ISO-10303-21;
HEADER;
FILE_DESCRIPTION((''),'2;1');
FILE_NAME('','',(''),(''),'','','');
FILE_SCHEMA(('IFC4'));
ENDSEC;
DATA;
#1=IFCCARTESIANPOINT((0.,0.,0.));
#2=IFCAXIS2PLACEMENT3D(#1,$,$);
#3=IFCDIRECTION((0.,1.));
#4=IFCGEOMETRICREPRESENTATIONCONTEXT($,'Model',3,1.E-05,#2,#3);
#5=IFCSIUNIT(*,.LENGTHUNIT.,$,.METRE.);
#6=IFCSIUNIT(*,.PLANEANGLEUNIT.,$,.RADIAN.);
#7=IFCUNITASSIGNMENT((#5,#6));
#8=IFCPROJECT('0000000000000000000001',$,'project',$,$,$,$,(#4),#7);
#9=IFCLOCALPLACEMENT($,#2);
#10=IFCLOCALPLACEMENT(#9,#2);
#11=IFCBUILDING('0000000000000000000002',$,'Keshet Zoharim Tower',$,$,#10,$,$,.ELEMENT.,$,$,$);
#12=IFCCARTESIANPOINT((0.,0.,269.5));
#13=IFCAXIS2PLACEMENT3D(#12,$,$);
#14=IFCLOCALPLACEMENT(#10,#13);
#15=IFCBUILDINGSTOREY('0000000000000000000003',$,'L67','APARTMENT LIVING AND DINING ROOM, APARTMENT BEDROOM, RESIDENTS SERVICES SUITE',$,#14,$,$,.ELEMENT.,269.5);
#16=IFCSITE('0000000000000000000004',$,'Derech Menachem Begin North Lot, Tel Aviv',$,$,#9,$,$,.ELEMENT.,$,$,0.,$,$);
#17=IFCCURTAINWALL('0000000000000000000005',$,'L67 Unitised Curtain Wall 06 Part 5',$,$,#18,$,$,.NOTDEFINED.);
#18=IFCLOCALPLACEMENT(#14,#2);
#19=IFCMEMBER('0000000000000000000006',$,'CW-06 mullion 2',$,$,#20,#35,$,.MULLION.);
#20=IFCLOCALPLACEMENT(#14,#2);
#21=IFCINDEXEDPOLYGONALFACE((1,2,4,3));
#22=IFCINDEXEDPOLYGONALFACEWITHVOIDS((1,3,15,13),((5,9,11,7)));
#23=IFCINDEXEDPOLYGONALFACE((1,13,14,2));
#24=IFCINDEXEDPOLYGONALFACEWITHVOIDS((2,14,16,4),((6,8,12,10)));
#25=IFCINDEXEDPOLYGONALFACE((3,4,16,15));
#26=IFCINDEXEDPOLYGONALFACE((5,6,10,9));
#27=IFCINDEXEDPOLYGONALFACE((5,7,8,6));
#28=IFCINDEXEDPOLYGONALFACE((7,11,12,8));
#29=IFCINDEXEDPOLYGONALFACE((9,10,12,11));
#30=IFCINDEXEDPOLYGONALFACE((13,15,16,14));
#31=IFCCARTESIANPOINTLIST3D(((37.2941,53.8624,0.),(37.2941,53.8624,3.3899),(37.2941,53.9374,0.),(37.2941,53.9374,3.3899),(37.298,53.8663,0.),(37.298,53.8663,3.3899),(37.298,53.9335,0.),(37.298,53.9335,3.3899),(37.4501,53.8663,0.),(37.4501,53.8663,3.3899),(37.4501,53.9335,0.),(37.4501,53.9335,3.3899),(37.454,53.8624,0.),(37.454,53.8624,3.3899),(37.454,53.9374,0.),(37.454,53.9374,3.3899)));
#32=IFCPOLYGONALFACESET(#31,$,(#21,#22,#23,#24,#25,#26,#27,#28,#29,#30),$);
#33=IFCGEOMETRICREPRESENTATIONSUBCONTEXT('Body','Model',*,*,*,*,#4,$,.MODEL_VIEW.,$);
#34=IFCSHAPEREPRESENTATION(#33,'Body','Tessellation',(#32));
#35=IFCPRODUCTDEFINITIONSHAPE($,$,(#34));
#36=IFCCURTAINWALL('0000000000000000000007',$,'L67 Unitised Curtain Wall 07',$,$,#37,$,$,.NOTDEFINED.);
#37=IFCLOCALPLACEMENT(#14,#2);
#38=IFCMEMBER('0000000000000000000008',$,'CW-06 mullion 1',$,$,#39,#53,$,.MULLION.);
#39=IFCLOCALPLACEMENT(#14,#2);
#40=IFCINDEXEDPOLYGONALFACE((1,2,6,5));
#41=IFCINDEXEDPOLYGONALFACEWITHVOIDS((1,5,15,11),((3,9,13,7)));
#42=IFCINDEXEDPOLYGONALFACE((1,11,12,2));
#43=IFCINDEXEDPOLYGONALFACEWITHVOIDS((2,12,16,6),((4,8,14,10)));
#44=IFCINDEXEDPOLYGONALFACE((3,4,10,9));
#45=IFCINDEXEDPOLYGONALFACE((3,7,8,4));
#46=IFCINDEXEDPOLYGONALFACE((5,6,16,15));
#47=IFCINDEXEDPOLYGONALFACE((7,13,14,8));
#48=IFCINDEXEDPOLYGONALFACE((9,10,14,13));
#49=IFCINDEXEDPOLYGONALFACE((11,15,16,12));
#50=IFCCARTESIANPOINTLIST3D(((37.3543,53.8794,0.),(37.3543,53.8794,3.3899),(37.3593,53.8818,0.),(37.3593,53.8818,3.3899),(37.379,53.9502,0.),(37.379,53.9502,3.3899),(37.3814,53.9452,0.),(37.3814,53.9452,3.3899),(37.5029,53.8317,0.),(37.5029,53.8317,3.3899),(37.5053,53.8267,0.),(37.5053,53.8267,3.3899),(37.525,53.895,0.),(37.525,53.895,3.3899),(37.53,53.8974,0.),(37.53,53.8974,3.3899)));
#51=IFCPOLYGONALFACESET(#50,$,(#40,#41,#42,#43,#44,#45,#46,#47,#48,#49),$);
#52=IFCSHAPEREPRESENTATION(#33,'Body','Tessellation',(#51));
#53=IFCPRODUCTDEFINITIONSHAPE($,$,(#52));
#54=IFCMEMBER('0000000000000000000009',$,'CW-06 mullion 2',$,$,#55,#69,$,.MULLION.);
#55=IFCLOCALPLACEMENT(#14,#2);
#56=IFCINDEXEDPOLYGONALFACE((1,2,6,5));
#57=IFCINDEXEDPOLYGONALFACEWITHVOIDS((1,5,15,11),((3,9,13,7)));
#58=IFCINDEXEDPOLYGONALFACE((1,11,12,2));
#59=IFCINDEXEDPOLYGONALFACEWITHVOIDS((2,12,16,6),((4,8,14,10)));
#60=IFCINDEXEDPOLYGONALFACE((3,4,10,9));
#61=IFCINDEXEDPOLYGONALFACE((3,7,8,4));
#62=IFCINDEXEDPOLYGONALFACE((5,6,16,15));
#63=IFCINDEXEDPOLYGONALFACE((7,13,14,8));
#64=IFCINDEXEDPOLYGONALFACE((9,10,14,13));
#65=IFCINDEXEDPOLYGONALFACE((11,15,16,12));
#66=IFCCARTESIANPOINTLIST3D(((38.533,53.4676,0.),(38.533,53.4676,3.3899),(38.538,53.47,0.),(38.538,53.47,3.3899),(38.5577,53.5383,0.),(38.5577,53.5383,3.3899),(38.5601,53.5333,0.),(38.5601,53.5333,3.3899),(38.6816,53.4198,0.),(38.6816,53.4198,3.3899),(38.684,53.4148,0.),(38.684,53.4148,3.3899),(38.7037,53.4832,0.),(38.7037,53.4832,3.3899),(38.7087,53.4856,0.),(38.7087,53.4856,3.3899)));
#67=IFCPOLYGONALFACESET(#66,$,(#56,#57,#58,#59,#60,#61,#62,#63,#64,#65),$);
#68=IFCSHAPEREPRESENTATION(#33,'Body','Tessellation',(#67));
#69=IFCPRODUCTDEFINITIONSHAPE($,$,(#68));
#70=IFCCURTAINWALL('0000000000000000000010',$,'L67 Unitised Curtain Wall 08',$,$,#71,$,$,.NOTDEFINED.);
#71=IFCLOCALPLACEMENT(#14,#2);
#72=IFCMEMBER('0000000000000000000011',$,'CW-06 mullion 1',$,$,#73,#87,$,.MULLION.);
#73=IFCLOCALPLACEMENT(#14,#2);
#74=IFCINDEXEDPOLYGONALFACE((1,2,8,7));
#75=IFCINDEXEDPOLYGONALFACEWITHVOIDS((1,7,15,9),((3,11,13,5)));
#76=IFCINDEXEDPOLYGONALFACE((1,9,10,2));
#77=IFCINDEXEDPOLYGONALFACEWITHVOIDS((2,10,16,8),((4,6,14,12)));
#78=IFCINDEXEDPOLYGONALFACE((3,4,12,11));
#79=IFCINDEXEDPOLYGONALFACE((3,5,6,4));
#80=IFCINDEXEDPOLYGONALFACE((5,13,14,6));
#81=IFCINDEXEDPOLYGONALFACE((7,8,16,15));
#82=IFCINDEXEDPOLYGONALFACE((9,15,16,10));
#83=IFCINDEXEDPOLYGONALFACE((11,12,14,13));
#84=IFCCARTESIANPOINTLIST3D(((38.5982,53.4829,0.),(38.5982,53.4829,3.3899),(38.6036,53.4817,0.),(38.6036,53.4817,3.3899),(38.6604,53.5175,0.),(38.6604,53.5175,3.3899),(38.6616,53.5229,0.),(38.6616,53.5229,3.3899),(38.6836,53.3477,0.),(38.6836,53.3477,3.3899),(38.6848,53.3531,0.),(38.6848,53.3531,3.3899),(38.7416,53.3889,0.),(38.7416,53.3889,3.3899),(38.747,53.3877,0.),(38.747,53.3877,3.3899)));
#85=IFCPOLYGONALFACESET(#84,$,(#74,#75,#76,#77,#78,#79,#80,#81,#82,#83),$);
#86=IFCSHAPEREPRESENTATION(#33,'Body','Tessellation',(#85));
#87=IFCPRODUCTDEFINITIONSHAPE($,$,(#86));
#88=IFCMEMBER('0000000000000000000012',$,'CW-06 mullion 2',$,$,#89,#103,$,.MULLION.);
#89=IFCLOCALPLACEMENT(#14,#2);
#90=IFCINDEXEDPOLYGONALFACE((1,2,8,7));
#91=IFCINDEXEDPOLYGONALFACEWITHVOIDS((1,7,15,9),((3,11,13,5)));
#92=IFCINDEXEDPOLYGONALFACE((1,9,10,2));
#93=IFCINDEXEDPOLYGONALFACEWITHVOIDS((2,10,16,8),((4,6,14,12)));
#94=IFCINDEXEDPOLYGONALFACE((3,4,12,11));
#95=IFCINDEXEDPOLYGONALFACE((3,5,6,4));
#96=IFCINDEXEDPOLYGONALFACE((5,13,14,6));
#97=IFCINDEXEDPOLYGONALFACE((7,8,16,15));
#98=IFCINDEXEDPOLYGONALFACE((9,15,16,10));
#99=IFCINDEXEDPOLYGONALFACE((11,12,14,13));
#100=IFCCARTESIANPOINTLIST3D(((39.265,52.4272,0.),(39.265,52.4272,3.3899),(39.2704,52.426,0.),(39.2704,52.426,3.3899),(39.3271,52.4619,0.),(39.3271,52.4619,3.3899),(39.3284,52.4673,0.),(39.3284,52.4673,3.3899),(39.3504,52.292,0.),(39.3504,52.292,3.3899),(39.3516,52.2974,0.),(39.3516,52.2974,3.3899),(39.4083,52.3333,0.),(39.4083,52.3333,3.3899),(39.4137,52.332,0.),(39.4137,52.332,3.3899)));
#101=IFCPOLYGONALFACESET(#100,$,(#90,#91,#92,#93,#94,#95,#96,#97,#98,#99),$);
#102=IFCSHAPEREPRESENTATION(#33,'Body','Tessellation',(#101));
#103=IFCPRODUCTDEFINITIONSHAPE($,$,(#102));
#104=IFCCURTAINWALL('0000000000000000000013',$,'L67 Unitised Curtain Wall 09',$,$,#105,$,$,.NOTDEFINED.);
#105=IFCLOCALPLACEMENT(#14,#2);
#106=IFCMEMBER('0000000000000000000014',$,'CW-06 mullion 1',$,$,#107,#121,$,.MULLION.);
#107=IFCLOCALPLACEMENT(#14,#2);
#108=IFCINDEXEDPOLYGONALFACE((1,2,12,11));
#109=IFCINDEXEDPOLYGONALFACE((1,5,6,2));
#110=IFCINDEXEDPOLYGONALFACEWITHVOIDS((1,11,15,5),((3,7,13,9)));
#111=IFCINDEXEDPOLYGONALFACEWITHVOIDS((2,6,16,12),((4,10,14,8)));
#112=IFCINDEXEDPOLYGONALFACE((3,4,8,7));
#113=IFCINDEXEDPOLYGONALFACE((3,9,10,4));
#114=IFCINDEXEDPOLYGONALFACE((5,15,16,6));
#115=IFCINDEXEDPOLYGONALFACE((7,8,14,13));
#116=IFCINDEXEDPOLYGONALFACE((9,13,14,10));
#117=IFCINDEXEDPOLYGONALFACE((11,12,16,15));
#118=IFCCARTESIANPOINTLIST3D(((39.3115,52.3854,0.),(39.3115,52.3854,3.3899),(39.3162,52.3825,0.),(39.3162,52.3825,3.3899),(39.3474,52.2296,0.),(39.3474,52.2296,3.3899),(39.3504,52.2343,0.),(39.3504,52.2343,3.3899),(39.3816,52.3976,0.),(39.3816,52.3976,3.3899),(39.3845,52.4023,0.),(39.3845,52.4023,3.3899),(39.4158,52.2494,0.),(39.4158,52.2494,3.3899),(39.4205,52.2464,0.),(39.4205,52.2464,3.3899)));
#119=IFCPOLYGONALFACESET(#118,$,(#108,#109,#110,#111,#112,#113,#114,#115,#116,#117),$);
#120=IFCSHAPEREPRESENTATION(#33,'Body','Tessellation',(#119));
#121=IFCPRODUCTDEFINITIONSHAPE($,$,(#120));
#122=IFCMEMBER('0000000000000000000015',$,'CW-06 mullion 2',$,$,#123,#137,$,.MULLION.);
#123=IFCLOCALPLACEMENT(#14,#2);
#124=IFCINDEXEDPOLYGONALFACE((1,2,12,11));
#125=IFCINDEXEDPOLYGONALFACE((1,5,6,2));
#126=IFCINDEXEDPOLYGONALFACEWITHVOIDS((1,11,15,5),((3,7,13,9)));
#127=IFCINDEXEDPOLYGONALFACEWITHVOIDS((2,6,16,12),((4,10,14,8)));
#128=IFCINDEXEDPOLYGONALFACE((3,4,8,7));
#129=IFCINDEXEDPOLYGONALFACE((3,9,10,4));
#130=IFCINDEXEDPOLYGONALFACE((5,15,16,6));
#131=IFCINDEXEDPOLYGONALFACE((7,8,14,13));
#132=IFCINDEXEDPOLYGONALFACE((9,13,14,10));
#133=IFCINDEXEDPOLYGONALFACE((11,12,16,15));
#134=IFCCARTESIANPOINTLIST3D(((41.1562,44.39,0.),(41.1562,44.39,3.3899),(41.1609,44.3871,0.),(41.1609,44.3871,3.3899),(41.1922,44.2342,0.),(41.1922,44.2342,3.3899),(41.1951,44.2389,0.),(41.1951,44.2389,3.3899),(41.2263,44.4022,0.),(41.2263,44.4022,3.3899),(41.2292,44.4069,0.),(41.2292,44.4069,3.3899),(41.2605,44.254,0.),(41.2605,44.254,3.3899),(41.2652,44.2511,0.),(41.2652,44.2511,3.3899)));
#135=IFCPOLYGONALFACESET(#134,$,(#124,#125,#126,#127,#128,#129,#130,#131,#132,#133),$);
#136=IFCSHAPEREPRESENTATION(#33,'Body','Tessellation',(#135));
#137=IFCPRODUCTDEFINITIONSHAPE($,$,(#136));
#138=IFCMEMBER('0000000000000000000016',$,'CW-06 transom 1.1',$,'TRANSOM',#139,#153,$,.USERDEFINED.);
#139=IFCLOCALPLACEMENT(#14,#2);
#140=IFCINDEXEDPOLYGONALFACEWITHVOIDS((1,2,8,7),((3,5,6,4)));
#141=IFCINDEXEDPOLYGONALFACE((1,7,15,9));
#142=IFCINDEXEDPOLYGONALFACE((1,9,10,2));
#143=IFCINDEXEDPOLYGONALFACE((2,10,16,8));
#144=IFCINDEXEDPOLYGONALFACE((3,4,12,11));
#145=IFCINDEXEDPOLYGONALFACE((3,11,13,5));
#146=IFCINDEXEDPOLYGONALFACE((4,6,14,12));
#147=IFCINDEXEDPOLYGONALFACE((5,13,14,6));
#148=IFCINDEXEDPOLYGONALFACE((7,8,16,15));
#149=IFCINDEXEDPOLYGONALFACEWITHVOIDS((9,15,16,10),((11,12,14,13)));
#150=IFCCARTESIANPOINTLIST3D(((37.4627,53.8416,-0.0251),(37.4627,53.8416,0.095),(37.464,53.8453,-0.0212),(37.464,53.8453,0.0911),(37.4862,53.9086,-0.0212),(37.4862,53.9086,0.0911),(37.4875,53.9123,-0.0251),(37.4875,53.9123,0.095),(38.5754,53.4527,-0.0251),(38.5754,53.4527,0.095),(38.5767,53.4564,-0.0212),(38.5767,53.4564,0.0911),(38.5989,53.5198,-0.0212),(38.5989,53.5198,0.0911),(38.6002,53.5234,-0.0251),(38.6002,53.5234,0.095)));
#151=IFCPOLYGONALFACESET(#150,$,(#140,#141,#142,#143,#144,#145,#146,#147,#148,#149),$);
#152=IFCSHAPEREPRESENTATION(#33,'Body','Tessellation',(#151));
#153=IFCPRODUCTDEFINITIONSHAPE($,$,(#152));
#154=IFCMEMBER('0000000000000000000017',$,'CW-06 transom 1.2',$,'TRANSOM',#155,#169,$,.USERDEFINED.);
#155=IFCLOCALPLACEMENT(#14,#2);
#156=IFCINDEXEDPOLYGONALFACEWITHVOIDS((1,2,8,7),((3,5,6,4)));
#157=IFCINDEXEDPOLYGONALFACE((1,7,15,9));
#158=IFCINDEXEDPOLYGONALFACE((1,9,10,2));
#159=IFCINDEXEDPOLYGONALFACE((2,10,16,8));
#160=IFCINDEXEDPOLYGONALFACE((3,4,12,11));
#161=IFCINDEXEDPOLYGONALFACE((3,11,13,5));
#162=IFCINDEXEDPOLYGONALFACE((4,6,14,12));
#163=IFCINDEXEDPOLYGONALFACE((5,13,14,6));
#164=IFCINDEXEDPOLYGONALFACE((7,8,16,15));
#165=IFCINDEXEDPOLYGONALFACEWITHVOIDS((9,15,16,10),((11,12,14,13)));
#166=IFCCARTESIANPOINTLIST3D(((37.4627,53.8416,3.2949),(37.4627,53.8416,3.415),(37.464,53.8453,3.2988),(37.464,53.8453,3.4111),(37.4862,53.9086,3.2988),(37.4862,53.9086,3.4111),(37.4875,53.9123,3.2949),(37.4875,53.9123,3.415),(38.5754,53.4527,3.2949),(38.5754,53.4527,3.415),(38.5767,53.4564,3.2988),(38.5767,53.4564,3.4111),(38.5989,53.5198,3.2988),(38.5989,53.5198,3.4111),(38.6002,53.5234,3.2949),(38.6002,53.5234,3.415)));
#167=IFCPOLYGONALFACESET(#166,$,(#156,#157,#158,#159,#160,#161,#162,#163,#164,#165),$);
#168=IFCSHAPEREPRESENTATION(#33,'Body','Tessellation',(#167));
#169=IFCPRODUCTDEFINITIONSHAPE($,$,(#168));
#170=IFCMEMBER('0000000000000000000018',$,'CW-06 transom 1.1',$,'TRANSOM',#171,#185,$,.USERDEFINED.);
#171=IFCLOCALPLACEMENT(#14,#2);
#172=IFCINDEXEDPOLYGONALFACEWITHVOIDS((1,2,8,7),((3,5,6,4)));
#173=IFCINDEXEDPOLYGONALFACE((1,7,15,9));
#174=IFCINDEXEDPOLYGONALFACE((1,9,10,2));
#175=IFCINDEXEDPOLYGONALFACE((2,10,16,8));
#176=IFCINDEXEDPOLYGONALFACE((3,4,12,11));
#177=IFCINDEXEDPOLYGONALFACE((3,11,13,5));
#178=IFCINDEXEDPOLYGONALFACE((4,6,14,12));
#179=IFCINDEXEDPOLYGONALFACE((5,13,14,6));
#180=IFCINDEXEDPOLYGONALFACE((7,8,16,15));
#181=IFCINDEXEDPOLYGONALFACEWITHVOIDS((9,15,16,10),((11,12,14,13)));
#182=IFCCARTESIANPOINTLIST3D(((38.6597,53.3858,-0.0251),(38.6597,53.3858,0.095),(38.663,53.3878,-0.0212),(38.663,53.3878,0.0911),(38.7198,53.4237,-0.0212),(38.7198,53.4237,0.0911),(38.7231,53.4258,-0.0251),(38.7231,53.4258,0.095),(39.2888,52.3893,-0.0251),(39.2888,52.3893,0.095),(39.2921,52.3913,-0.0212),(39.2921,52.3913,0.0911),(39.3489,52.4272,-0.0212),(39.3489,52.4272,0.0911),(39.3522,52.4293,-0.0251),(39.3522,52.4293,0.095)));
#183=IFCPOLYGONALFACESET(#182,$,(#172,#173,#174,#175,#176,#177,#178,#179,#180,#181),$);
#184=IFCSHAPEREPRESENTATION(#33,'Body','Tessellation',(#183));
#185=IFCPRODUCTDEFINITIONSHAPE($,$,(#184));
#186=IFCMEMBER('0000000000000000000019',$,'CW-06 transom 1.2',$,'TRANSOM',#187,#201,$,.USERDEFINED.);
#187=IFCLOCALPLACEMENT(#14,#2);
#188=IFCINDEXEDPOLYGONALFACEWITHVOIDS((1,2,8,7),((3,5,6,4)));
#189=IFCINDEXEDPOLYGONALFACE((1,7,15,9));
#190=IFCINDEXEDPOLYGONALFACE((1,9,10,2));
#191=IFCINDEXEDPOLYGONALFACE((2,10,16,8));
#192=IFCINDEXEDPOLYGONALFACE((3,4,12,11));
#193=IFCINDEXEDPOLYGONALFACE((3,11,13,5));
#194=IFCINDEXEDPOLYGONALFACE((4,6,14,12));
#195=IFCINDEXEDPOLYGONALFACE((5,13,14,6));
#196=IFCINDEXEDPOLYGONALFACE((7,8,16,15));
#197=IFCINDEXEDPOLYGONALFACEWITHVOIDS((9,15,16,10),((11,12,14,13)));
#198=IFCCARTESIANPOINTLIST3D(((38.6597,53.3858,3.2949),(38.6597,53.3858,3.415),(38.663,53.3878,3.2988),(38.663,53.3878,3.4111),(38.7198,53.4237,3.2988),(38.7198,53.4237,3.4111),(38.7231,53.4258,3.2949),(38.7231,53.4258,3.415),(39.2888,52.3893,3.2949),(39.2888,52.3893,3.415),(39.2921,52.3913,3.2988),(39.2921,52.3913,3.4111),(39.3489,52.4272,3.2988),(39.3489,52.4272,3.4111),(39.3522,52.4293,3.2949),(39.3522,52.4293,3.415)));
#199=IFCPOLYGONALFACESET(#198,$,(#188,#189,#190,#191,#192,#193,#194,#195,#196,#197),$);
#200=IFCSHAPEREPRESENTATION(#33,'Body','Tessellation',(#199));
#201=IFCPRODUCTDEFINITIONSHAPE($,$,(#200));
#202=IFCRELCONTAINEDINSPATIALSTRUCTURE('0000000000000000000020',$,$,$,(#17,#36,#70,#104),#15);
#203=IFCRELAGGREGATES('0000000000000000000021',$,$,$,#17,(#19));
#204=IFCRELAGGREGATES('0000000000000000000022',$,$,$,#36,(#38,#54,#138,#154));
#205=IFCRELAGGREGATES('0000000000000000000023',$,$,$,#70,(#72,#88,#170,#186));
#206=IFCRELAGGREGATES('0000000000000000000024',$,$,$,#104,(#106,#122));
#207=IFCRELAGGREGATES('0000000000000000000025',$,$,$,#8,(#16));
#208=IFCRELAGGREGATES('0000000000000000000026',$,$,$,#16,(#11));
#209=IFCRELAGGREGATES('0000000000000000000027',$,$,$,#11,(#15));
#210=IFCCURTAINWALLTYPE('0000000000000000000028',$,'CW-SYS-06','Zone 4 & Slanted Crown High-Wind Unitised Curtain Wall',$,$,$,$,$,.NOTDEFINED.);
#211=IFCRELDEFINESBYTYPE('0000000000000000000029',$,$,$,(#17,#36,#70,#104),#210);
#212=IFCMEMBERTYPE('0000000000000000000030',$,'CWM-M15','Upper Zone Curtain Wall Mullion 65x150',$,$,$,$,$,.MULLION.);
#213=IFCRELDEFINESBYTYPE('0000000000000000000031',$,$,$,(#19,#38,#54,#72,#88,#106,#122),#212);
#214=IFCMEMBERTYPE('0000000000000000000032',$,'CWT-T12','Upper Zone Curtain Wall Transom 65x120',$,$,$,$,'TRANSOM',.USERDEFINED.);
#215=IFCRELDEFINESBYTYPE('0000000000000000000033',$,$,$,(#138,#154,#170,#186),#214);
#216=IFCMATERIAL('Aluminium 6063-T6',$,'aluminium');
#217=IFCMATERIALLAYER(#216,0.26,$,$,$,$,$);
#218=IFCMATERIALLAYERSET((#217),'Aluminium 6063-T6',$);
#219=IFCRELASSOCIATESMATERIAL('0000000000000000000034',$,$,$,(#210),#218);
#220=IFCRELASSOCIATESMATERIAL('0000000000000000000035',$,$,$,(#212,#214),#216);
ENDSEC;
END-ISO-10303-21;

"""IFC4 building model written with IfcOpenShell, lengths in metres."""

from ifc_helpers import new_model, si_unit, direction, frame, origin, origin_2d, place, context, subcontext, project, spatial, hollow_rectangle, extrude, material, layer, layer_set, material_profile, profile_set, type_object, element, aggregate, save


model = new_model("IFC4")

# Units and contexts
model_context = context("Model", 3, precision=1e-05, world=origin(), true_north=direction((0.0, 1.0)))
body_context = subcontext(model_context, "Body", "Model", "MODEL_VIEW")
ifc_project = project(units=[si_unit("LENGTHUNIT", "METRE"), si_unit("PLANEANGLEUNIT", "RADIAN")], contexts=[model_context])

# Site, building, storey
site_placement = place(None, origin())
site = spatial("IfcSite", under=ifc_project, at=site_placement, Name="Derech Menachem Begin North Lot, Tel Aviv", CompositionType="ELEMENT", RefElevation=0.0)
building_placement = place(site_placement, origin())
building = spatial("IfcBuilding", under=site, at=building_placement, Name="Keshet Zoharim Tower", CompositionType="ELEMENT")
storey_placement = place(building_placement, frame((0.0, 0.0, 269.5)))
storey = spatial("IfcBuildingStorey", under=building, at=storey_placement, Name="L67", Description="APARTMENT LIVING AND DINING ROOM, APARTMENT BEDROOM, RESIDENTS SERVICES SUITE", CompositionType="ELEMENT", Elevation=269.5)

# Curtain wall, member
ifc_material_1 = material(Name="Aluminium 6063-T6", Category="aluminium")
ifc_layer_1 = layer(ifc_material_1, 0.26)
ifc_layer_set_1 = layer_set([ifc_layer_1], Name="Aluminium 6063-T6")
curtain_wall_type = type_object("IfcCurtainWallType", Name="CW-SYS-06", Description="Zone 4 & Slanted Crown High-Wind Unitised Curtain Wall", PredefinedType="NOTDEFINED", material=ifc_layer_set_1)
curtain_wall_1_placement = place(storey_placement, origin())
curtain_wall_1 = element("IfcCurtainWall", 1, at=curtain_wall_1_placement, inside=storey, type_object=curtain_wall_type, Name="L67 Unitised Curtain Wall 06 Part 5", PredefinedType="NOTDEFINED")
ifc_material_profile_1 = material_profile(ifc_material_1, hollow_rectangle(XDim=0.075, YDim=0.1599, WallThickness=0.0039, at=origin_2d()), Name="MUL-75x160")
ifc_profile_set_1 = profile_set([ifc_material_profile_1], Name="Aluminium 6063-T6")
member_type_1 = type_object("IfcMemberType", Name="CWM-M15", Description="Upper Zone Curtain Wall Mullion 65x150", PredefinedType="MULLION", material=ifc_profile_set_1)
member_1_placement = place(storey_placement, frame((37.374, 53.8999, 0.0), z_axis=(0.0, 0.0, 1.0), x_axis=(0.0, 1.0, 0.0)))
member_1 = element("IfcMember", 2, at=member_1_placement, type_object=member_type_1, Name="CW-06 mullion 2", PredefinedType="MULLION", context=body_context, shape_type="SweptSolid", body=[
    extrude(hollow_rectangle(XDim=0.075, YDim=0.1599, WallThickness=0.0039, at=origin_2d()), origin(), (0.0, 0.0, 1.0), 3.3899),
])
aggregate(curtain_wall_1, [member_1])

# Curtain walls, members
curtain_wall_2_placement = place(storey_placement, origin())
curtain_wall_2 = element("IfcCurtainWall", 3, at=curtain_wall_2_placement, inside=storey, type_object=curtain_wall_type, Name="L67 Unitised Curtain Wall 07", PredefinedType="NOTDEFINED")
member_2_placement = place(storey_placement, frame((37.4421, 53.8884, 0.0), z_axis=(0.0, 0.0, 1.0), x_axis=(0.329844, 0.944036, 0.0)))
member_2 = element("IfcMember", 4, at=member_2_placement, type_object=member_type_1, Name="CW-06 mullion 1", PredefinedType="MULLION", context=body_context, shape_type="SweptSolid", body=[
    extrude(hollow_rectangle(XDim=0.075, YDim=0.1599, WallThickness=0.0039, at=origin_2d()), origin(), (0.0, 0.0, 1.0), 3.3899),
])
member_3_placement = place(storey_placement, frame((38.6208, 53.4766, 0.0), z_axis=(0.0, 0.0, 1.0), x_axis=(0.329844, 0.944036, 0.0)))
member_3 = element("IfcMember", 5, at=member_3_placement, type_object=member_type_1, Name="CW-06 mullion 2", PredefinedType="MULLION", context=body_context, shape_type="SweptSolid", body=[
    extrude(hollow_rectangle(XDim=0.075, YDim=0.1599, WallThickness=0.0039, at=origin_2d()), origin(), (0.0, 0.0, 1.0), 3.3899),
])
curtain_wall_3_placement = place(storey_placement, origin())
curtain_wall_3 = element("IfcCurtainWall", 6, at=curtain_wall_3_placement, inside=storey, type_object=curtain_wall_type, Name="L67 Unitised Curtain Wall 08", PredefinedType="NOTDEFINED")
member_4_placement = place(storey_placement, frame((38.6726, 53.4353, 0.0), z_axis=(0.0, 0.0, 1.0), x_axis=(0.845561, 0.533879, 0.0)))
member_4 = element("IfcMember", 7, at=member_4_placement, type_object=member_type_1, Name="CW-06 mullion 1", PredefinedType="MULLION", context=body_context, shape_type="SweptSolid", body=[
    extrude(hollow_rectangle(XDim=0.075, YDim=0.1599, WallThickness=0.0039, at=origin_2d()), origin(), (0.0, 0.0, 1.0), 3.3899),
])
member_5_placement = place(storey_placement, frame((39.3394, 52.3796, 0.0), z_axis=(0.0, 0.0, 1.0), x_axis=(0.845561, 0.533879, 0.0)))
member_5 = element("IfcMember", 8, at=member_5_placement, type_object=member_type_1, Name="CW-06 mullion 2", PredefinedType="MULLION", context=body_context, shape_type="SweptSolid", body=[
    extrude(hollow_rectangle(XDim=0.075, YDim=0.1599, WallThickness=0.0039, at=origin_2d()), origin(), (0.0, 0.0, 1.0), 3.3899),
])
curtain_wall_4_placement = place(storey_placement, origin())
curtain_wall_4 = element("IfcCurtainWall", 9, at=curtain_wall_4_placement, inside=storey, type_object=curtain_wall_type, Name="L67 Unitised Curtain Wall 09", PredefinedType="NOTDEFINED")
member_6_placement = place(storey_placement, frame((39.366, 52.3159, 0.0), z_axis=(0.0, 0.0, 1.0), x_axis=(0.974398, 0.22483, 0.0)))
member_6 = element("IfcMember", 10, at=member_6_placement, type_object=member_type_1, Name="CW-06 mullion 1", PredefinedType="MULLION", context=body_context, shape_type="SweptSolid", body=[
    extrude(hollow_rectangle(XDim=0.075, YDim=0.1599, WallThickness=0.0039, at=origin_2d()), origin(), (0.0, 0.0, 1.0), 3.3899),
])
member_7_placement = place(storey_placement, frame((41.2107, 44.3206, 0.0), z_axis=(0.0, 0.0, 1.0), x_axis=(0.974398, 0.22483, 0.0)))
member_7 = element("IfcMember", 11, at=member_7_placement, type_object=member_type_1, Name="CW-06 mullion 2", PredefinedType="MULLION", context=body_context, shape_type="SweptSolid", body=[
    extrude(hollow_rectangle(XDim=0.075, YDim=0.1599, WallThickness=0.0039, at=origin_2d()), origin(), (0.0, 0.0, 1.0), 3.3899),
])

# Members
ifc_material_profile_2 = material_profile(ifc_material_1, hollow_rectangle(XDim=0.075, YDim=0.1201, WallThickness=0.0039, at=origin_2d()), Name="TRN-75x120")
ifc_profile_set_2 = profile_set([ifc_material_profile_2], Name="Aluminium 6063-T6")
member_type_2 = type_object("IfcMemberType", Name="CWT-T12", Description="Upper Zone Curtain Wall Transom 65x120", ElementType="TRANSOM", PredefinedType="USERDEFINED", material=ifc_profile_set_2)
member_8_placement = place(storey_placement, frame((37.4751, 53.877, 0.0349), z_axis=(0.944007, -0.329926, 0.0), x_axis=(0.329926, 0.944007, 0.0)))
member_8 = element("IfcMember", 12, at=member_8_placement, type_object=member_type_2, Name="CW-06 transom 1.1", ObjectType="TRANSOM", PredefinedType="USERDEFINED", context=body_context, shape_type="SweptSolid", body=[
    extrude(hollow_rectangle(XDim=0.075, YDim=0.1201, WallThickness=0.0039, at=origin_2d()), origin(), (0.0, 0.0, 1.0), 1.1787),
])
member_9_placement = place(storey_placement, frame((37.4751, 53.877, 3.355), z_axis=(0.944007, -0.329926, 0.0), x_axis=(0.329926, 0.944007, 0.0)))
member_9 = element("IfcMember", 13, at=member_9_placement, type_object=member_type_2, Name="CW-06 transom 1.2", ObjectType="TRANSOM", PredefinedType="USERDEFINED", context=body_context, shape_type="SweptSolid", body=[
    extrude(hollow_rectangle(XDim=0.075, YDim=0.1201, WallThickness=0.0039, at=origin_2d()), origin(), (0.0, 0.0, 1.0), 1.1787),
])
member_10_placement = place(storey_placement, frame((38.6914, 53.4058, 0.0349), z_axis=(0.533829, -0.845592, 0.0), x_axis=(0.845592, 0.533829, 0.0)))
member_10 = element("IfcMember", 14, at=member_10_placement, type_object=member_type_2, Name="CW-06 transom 1.1", ObjectType="TRANSOM", PredefinedType="USERDEFINED", context=body_context, shape_type="SweptSolid", body=[
    extrude(hollow_rectangle(XDim=0.075, YDim=0.1201, WallThickness=0.0039, at=origin_2d()), origin(), (0.0, 0.0, 1.0), 1.1785),
])
member_11_placement = place(storey_placement, frame((38.6914, 53.4058, 3.355), z_axis=(0.533829, -0.845592, 0.0), x_axis=(0.845592, 0.533829, 0.0)))
member_11 = element("IfcMember", 15, at=member_11_placement, type_object=member_type_2, Name="CW-06 transom 1.2", ObjectType="TRANSOM", PredefinedType="USERDEFINED", context=body_context, shape_type="SweptSolid", body=[
    extrude(hollow_rectangle(XDim=0.075, YDim=0.1201, WallThickness=0.0039, at=origin_2d()), origin(), (0.0, 0.0, 1.0), 1.1785),
])

aggregate(curtain_wall_2, [member_2, member_3, member_8, member_9])
aggregate(curtain_wall_3, [member_4, member_5, member_10, member_11])
aggregate(curtain_wall_4, [member_6, member_7])

save(model, "model.ifc")
